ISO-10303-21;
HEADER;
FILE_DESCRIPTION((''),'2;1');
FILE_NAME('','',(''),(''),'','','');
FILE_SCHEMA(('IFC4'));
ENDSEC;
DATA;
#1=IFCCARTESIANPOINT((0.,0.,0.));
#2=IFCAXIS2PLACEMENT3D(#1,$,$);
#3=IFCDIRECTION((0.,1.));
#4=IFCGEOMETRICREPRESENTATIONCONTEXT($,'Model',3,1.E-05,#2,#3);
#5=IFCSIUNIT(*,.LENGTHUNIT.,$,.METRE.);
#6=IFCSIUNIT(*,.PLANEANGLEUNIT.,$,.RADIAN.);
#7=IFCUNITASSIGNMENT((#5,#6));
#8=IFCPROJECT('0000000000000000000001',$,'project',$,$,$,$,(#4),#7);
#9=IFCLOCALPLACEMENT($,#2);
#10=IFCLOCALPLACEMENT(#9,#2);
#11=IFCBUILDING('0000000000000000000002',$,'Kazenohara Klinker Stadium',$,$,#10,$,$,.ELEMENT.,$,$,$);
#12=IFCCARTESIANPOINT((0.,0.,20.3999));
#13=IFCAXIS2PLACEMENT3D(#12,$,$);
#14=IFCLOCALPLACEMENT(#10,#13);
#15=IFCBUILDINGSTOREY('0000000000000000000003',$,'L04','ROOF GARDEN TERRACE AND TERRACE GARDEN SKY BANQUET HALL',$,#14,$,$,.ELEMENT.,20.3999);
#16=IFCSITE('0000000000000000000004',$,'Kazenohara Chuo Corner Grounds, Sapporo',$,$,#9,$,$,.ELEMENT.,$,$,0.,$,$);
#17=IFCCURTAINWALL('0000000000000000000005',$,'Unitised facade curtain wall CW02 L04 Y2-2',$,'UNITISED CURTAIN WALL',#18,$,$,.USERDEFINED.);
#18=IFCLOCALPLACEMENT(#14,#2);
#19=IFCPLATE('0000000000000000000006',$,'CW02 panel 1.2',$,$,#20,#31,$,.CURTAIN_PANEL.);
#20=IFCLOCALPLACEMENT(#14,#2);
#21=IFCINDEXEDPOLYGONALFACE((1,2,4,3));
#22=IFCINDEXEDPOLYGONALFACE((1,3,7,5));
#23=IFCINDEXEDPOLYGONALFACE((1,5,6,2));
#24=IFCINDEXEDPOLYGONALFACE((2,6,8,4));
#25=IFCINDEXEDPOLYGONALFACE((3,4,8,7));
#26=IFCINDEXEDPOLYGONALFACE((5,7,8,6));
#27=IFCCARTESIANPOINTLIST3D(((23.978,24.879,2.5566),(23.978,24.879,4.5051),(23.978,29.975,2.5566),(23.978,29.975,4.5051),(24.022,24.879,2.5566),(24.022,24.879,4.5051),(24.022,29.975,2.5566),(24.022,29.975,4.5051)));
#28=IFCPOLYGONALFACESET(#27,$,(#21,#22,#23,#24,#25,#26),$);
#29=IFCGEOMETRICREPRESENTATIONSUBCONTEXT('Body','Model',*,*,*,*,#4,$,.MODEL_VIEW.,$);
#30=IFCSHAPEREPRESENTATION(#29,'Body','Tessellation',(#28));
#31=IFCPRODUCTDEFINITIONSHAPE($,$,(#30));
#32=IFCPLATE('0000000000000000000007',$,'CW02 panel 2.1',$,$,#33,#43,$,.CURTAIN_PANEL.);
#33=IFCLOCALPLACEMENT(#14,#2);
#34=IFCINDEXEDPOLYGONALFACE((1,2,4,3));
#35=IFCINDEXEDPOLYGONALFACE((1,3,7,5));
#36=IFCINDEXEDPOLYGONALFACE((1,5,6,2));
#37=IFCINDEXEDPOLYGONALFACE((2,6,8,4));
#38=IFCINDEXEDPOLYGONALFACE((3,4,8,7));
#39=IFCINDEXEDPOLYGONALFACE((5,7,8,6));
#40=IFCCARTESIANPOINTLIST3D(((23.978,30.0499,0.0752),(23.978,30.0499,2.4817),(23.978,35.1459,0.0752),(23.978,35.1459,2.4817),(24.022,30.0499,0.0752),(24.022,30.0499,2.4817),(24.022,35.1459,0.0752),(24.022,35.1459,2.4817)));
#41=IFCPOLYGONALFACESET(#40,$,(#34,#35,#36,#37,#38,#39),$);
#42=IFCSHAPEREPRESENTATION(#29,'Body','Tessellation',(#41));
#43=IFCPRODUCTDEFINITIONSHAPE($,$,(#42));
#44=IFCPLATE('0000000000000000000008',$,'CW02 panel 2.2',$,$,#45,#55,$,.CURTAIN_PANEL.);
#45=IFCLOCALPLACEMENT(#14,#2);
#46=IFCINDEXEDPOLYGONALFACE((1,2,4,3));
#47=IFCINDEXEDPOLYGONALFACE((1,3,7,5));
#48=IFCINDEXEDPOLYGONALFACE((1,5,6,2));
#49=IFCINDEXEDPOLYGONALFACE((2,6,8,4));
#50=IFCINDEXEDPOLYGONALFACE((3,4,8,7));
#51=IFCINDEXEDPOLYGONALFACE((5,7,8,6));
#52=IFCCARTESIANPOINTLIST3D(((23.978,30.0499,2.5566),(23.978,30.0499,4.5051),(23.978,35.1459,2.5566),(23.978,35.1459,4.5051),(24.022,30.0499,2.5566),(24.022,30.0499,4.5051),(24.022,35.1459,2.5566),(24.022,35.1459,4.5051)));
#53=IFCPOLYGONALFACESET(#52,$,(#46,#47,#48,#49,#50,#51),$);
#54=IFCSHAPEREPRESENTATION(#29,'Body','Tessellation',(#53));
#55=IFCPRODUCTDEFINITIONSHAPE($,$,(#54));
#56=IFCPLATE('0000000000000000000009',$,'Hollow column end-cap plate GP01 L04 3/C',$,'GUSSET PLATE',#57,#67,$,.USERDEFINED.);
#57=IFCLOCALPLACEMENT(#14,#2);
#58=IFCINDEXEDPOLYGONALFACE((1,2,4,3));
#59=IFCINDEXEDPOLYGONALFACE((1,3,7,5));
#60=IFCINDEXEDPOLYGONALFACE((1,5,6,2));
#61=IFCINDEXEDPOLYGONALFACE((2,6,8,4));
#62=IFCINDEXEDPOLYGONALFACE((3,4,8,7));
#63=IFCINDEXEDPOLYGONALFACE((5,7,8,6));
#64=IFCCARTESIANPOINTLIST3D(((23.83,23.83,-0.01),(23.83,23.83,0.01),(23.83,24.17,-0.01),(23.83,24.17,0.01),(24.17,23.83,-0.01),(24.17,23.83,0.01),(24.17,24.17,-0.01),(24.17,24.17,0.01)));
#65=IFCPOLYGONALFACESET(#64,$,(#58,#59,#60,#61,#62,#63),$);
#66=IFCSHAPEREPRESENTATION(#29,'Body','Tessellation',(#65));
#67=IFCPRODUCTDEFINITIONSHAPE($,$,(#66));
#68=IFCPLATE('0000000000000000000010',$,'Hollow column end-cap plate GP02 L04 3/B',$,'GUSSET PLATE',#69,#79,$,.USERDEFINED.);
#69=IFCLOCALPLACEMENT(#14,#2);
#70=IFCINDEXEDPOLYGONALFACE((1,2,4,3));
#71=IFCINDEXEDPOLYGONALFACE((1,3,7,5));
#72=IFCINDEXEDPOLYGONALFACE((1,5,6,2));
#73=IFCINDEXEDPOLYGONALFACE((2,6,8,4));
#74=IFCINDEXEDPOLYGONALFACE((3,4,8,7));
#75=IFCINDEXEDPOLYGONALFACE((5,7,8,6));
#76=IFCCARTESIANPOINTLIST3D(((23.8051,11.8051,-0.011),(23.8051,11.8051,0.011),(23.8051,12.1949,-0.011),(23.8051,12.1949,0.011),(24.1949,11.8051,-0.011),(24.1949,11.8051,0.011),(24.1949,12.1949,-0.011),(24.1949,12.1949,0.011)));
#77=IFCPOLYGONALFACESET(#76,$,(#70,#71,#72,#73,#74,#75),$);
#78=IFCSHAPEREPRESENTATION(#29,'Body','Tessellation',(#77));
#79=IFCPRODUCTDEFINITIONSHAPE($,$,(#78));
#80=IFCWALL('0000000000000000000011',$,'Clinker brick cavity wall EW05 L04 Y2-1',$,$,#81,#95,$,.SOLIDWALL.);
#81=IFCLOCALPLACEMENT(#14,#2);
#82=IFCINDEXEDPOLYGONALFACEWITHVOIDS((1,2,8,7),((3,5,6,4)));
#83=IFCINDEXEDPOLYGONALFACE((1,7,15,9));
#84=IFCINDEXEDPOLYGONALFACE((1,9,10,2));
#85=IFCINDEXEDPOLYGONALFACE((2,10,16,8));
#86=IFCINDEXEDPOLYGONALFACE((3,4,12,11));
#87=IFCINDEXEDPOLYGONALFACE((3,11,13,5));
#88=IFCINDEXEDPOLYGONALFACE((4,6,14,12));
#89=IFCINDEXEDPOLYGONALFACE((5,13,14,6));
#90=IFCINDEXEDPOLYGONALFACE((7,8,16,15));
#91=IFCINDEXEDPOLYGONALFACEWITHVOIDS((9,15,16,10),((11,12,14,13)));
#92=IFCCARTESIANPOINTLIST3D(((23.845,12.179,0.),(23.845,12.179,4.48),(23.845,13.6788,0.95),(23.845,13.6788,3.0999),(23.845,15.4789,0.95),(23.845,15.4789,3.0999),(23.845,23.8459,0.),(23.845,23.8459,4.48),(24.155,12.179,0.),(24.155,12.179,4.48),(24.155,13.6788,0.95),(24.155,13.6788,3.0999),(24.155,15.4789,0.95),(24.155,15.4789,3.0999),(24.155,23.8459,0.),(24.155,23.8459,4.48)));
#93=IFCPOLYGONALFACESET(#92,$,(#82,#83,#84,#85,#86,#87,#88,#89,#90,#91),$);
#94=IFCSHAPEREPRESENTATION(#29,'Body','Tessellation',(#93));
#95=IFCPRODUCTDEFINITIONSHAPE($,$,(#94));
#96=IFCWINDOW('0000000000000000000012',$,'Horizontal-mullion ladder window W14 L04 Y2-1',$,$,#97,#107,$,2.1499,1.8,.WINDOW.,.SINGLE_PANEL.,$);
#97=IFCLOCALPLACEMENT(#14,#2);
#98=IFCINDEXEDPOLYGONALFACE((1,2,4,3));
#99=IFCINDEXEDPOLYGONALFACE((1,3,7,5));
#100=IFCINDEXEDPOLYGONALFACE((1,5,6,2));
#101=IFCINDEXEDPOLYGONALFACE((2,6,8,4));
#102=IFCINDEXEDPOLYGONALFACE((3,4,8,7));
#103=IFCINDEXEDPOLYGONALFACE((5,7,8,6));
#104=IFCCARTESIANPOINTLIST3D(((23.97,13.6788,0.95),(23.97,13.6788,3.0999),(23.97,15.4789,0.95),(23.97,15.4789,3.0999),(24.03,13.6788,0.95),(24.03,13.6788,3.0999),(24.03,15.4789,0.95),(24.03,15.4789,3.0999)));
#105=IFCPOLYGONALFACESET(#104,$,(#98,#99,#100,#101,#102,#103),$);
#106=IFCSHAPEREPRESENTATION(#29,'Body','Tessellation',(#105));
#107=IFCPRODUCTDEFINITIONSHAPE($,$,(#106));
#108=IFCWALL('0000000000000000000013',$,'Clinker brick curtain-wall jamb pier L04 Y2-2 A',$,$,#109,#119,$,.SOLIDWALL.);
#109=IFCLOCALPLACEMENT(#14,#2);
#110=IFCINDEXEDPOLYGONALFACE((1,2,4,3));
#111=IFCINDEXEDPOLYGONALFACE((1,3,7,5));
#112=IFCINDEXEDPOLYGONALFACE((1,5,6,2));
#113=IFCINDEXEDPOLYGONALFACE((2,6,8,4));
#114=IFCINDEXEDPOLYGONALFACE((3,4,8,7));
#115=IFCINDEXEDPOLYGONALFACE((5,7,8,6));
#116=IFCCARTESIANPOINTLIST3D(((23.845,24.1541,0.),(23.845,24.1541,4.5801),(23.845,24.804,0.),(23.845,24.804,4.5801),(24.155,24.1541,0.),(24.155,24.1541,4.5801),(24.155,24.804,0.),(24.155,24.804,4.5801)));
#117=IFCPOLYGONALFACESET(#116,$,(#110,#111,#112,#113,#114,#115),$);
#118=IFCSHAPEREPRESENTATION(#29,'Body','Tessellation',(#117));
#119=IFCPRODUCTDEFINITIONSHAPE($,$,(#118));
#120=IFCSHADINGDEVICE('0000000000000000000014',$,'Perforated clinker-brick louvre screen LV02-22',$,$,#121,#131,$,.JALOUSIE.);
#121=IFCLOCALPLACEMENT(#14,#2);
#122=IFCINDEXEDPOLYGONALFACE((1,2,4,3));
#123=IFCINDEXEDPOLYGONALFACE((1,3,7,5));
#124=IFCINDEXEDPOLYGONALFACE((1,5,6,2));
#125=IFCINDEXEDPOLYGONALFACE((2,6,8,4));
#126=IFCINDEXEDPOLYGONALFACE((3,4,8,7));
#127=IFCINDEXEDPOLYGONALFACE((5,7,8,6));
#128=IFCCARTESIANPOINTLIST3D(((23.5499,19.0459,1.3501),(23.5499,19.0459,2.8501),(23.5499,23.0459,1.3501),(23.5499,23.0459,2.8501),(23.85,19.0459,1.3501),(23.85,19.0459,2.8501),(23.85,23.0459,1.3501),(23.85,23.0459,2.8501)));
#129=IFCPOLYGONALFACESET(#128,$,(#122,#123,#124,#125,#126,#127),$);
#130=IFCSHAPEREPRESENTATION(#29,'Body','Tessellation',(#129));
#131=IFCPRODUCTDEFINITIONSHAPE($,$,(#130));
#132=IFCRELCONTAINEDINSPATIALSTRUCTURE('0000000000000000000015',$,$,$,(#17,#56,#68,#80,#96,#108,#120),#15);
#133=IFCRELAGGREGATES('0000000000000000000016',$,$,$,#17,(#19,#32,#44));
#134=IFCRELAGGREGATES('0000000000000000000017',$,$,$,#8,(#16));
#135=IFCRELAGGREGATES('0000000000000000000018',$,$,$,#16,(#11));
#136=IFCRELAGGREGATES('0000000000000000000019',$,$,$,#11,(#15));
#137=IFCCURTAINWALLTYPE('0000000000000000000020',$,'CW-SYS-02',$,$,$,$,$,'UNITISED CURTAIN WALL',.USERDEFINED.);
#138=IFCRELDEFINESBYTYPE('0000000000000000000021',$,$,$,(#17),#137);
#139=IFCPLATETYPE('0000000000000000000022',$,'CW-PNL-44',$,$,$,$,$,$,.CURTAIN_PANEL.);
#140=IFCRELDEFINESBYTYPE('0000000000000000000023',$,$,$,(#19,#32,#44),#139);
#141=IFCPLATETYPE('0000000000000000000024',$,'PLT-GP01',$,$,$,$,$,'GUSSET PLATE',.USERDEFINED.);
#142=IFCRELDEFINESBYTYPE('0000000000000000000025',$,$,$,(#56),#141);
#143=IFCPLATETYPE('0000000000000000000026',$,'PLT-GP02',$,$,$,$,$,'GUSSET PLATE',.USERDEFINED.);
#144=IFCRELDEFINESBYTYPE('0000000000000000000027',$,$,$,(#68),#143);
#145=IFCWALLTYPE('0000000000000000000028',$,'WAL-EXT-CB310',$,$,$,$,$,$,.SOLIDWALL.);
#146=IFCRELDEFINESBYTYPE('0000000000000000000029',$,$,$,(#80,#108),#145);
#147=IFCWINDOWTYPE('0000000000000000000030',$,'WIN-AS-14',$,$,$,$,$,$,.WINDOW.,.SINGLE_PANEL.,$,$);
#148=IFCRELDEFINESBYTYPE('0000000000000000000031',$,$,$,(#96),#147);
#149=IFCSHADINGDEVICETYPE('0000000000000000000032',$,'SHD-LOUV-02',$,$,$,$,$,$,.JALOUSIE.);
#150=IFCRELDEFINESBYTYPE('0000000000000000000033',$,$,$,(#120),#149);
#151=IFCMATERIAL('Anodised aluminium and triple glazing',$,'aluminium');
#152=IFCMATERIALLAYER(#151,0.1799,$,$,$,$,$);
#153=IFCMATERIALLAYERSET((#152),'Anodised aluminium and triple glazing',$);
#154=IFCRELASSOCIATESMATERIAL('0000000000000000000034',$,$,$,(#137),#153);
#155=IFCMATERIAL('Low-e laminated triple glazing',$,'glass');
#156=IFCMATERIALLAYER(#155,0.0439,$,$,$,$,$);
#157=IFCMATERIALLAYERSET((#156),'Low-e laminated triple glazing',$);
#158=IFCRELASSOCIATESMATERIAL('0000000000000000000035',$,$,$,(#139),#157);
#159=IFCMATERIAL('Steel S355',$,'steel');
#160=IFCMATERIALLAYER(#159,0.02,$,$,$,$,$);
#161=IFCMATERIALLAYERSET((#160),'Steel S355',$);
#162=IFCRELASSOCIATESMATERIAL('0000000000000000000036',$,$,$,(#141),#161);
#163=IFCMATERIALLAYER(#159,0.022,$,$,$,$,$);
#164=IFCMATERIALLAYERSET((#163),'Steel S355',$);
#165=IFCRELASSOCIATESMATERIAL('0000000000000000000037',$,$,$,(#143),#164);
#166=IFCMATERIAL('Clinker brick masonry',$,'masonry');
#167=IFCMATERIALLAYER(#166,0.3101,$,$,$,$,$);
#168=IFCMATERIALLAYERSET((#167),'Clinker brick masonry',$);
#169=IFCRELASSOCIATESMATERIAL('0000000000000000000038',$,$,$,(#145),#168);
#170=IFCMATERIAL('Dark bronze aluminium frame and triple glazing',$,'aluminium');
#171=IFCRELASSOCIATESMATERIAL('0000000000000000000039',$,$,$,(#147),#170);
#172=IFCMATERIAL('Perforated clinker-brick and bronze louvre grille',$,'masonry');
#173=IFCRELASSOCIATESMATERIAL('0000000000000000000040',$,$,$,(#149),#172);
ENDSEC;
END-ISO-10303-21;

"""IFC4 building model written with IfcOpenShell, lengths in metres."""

from ifc_helpers import new_model, si_unit, direction, frame, frame_2d, origin, origin_2d, place, context, subcontext, project, spatial, rectangle, extrude, material, layer, layer_set, type_object, element, fill, aggregate, save


model = new_model("IFC4")

# Units and contexts
model_context = context("Model", 3, precision=1e-05, world=origin(), true_north=direction((0.0, 1.0)))
body_context = subcontext(model_context, "Body", "Model", "MODEL_VIEW")
ifc_project = project(units=[si_unit("LENGTHUNIT", "METRE"), si_unit("PLANEANGLEUNIT", "RADIAN")], contexts=[model_context])

# Site, building, storey
site_placement = place(None, origin())
site = spatial("IfcSite", under=ifc_project, at=site_placement, Name="Kazenohara Chuo Corner Grounds, Sapporo", CompositionType="ELEMENT", RefElevation=0.0)
building_placement = place(site_placement, origin())
building = spatial("IfcBuilding", under=site, at=building_placement, Name="Kazenohara Klinker Stadium", CompositionType="ELEMENT")
storey_placement = place(building_placement, frame((0.0, 0.0, 20.3999)))
storey = spatial("IfcBuildingStorey", under=building, at=storey_placement, Name="L04", Description="ROOF GARDEN TERRACE AND TERRACE GARDEN SKY BANQUET HALL", CompositionType="ELEMENT", Elevation=20.3999)

# Shared definitions
ifc_material_1 = material(Name="Steel S355", Category="steel")

# Curtain wall, plates
ifc_material_2 = material(Name="Anodised aluminium and triple glazing", Category="aluminium")
ifc_layer_1 = layer(ifc_material_2, 0.1799)
ifc_layer_set_1 = layer_set([ifc_layer_1], Name="Anodised aluminium and triple glazing")
curtain_wall_type = type_object("IfcCurtainWallType", Name="CW-SYS-02", ElementType="UNITISED CURTAIN WALL", PredefinedType="USERDEFINED", material=ifc_layer_set_1)
curtain_wall_placement = place(storey_placement, origin())
curtain_wall = element("IfcCurtainWall", 1, at=curtain_wall_placement, inside=storey, type_object=curtain_wall_type, Name="Unitised facade curtain wall CW02 L04 Y2-2", ObjectType="UNITISED CURTAIN WALL", PredefinedType="USERDEFINED")
ifc_material_3 = material(Name="Low-e laminated triple glazing", Category="glass")
ifc_layer_2 = layer(ifc_material_3, 0.0439)
ifc_layer_set_2 = layer_set([ifc_layer_2], Name="Low-e laminated triple glazing")
plate_type_1 = type_object("IfcPlateType", Name="CW-PNL-44", PredefinedType="CURTAIN_PANEL", material=ifc_layer_set_2)
plate_1_placement = place(storey_placement, frame((24.0, 27.427, 2.5566), z_axis=(0.0, 0.0, 1.0), x_axis=(0.0, 1.0, 0.0)))
plate_1 = element("IfcPlate", 2, at=plate_1_placement, type_object=plate_type_1, Name="CW02 panel 1.2", PredefinedType="CURTAIN_PANEL", context=body_context, shape_type="SweptSolid", body=[
    extrude(rectangle(XDim=5.0959, YDim=0.0439, at=origin_2d()), origin(), (0.0, 0.0, 1.0), 1.9485),
])
plate_2_placement = place(storey_placement, frame((24.0, 32.5979, 0.0752), z_axis=(0.0, 0.0, 1.0), x_axis=(0.0, 1.0, 0.0)))
plate_2 = element("IfcPlate", 3, at=plate_2_placement, type_object=plate_type_1, Name="CW02 panel 2.1", PredefinedType="CURTAIN_PANEL", context=body_context, shape_type="SweptSolid", body=[
    extrude(rectangle(XDim=5.0959, YDim=0.0439, at=origin_2d()), origin(), (0.0, 0.0, 1.0), 2.4065),
])
plate_3_placement = place(storey_placement, frame((24.0, 32.5979, 2.5566), z_axis=(0.0, 0.0, 1.0), x_axis=(0.0, 1.0, 0.0)))
plate_3 = element("IfcPlate", 4, at=plate_3_placement, type_object=plate_type_1, Name="CW02 panel 2.2", PredefinedType="CURTAIN_PANEL", context=body_context, shape_type="SweptSolid", body=[
    extrude(rectangle(XDim=5.0959, YDim=0.0439, at=origin_2d()), origin(), (0.0, 0.0, 1.0), 1.9485),
])
aggregate(curtain_wall, [plate_1, plate_2, plate_3])

# Plates
ifc_layer_3 = layer(ifc_material_1, 0.02)
ifc_layer_set_3 = layer_set([ifc_layer_3], Name="Steel S355")
plate_type_2 = type_object("IfcPlateType", Name="PLT-GP01", ElementType="GUSSET PLATE", PredefinedType="USERDEFINED", material=ifc_layer_set_3)
plate_4_placement = place(storey_placement, frame((24.0, 24.0, -0.01), z_axis=(0.0, 0.0, 1.0), x_axis=(1.0, 0.0, 0.0)))
element("IfcPlate", 5, at=plate_4_placement, inside=storey, type_object=plate_type_2, Name="Hollow column end-cap plate GP01 L04 3/C", ObjectType="GUSSET PLATE", PredefinedType="USERDEFINED", context=body_context, shape_type="SweptSolid", body=[
    extrude(rectangle(XDim=0.3401, YDim=0.3401, at=origin_2d()), origin(), (0.0, 0.0, 1.0), 0.02),
])
ifc_layer_4 = layer(ifc_material_1, 0.022)
ifc_layer_set_4 = layer_set([ifc_layer_4], Name="Steel S355")
plate_type_3 = type_object("IfcPlateType", Name="PLT-GP02", ElementType="GUSSET PLATE", PredefinedType="USERDEFINED", material=ifc_layer_set_4)
plate_5_placement = place(storey_placement, frame((24.0, 12.0, -0.011), z_axis=(0.0, 0.0, 1.0), x_axis=(1.0, 0.0, 0.0)))
element("IfcPlate", 6, at=plate_5_placement, inside=storey, type_object=plate_type_3, Name="Hollow column end-cap plate GP02 L04 3/B", ObjectType="GUSSET PLATE", PredefinedType="USERDEFINED", context=body_context, shape_type="SweptSolid", body=[
    extrude(rectangle(XDim=0.3899, YDim=0.3899, at=origin_2d()), origin(), (0.0, 0.0, 1.0), 0.022),
])

# Wall, opening, window
ifc_material_4 = material(Name="Clinker brick masonry", Category="masonry")
ifc_layer_5 = layer(ifc_material_4, 0.3101)
ifc_layer_set_5 = layer_set([ifc_layer_5], Name="Clinker brick masonry")
wall_type = type_object("IfcWallType", Name="WAL-EXT-CB310", PredefinedType="SOLIDWALL", material=ifc_layer_set_5)
wall_1_placement = place(storey_placement, frame((24.0, 12.179, 0.0), z_axis=(0.0, 0.0, 1.0), x_axis=(0.0, 1.0, 0.0)))
wall_1 = element("IfcWall", 7, at=wall_1_placement, inside=storey, type_object=wall_type, Name="Clinker brick cavity wall EW05 L04 Y2-1", PredefinedType="SOLIDWALL", context=body_context, shape_type="SweptSolid", body=[
    extrude(rectangle(XDim=11.667, YDim=0.3101, at=frame_2d((5.8335, 0.0))), origin(), (0.0, 0.0, 1.0), 4.48),
])
opening_placement = place(wall_1_placement, frame((1.5, 0.0, 0.95)))
opening = element("IfcOpeningElement", 8, at=opening_placement, cuts=wall_1, PredefinedType="OPENING", context=body_context, shape_type="SweptSolid", body=[
    extrude(rectangle(XDim=1.8, YDim=2.1499, at=frame_2d((0.8999, 1.075))), frame((0.0, 0.165, 0.0), z_axis=(0.0, -1.0, 0.0), x_axis=(1.0, 0.0, 0.0)), (0.0, 0.0, 1.0), 0.3301),
])
ifc_material_5 = material(Name="Dark bronze aluminium frame and triple glazing", Category="aluminium")
window_type = type_object("IfcWindowType", Name="WIN-AS-14", PartitioningType="SINGLE_PANEL", PredefinedType="WINDOW", material=ifc_material_5)
window_placement = place(opening_placement, origin())
window = element("IfcWindow", 9, at=window_placement, inside=storey, type_object=window_type, Name="Horizontal-mullion ladder window W14 L04 Y2-1", OverallHeight=2.1499, OverallWidth=1.8, PartitioningType="SINGLE_PANEL", PredefinedType="WINDOW", context=body_context, shape_type="SweptSolid", body=[
    extrude(rectangle(XDim=1.8, YDim=2.1499, at=frame_2d((0.8999, 1.075))), frame((0.0, 0.03, 0.0), z_axis=(0.0, -1.0, 0.0), x_axis=(1.0, 0.0, 0.0)), (0.0, 0.0, 1.0), 0.0601),
])
fill(opening, window)

# Wall
wall_2_placement = place(storey_placement, frame((24.0, 24.1541, 0.0), z_axis=(0.0, 0.0, 1.0), x_axis=(0.0, 1.0, 0.0)))
element("IfcWall", 10, at=wall_2_placement, inside=storey, type_object=wall_type, Name="Clinker brick curtain-wall jamb pier L04 Y2-2 A", PredefinedType="SOLIDWALL", context=body_context, shape_type="SweptSolid", body=[
    extrude(rectangle(XDim=0.6499, YDim=0.3101, at=frame_2d((0.325, 0.0))), origin(), (0.0, 0.0, 1.0), 4.5801),
])

# Shading device
ifc_material_6 = material(Name="Perforated clinker-brick and bronze louvre grille", Category="masonry")
shading_device_type = type_object("IfcShadingDeviceType", Name="SHD-LOUV-02", PredefinedType="JALOUSIE", material=ifc_material_6)
shading_device_placement = place(storey_placement, frame((23.7, 21.0459, 1.3501), z_axis=(0.0, 0.0, 1.0), x_axis=(0.0, 1.0, 0.0)))
element("IfcShadingDevice", 11, at=shading_device_placement, inside=storey, type_object=shading_device_type, Name="Perforated clinker-brick louvre screen LV02-22", PredefinedType="JALOUSIE", context=body_context, shape_type="SweptSolid", body=[
    extrude(rectangle(XDim=4.0, YDim=0.3, at=origin_2d()), origin(), (0.0, 0.0, 1.0), 1.5),
])

save(model, "model.ifc")
